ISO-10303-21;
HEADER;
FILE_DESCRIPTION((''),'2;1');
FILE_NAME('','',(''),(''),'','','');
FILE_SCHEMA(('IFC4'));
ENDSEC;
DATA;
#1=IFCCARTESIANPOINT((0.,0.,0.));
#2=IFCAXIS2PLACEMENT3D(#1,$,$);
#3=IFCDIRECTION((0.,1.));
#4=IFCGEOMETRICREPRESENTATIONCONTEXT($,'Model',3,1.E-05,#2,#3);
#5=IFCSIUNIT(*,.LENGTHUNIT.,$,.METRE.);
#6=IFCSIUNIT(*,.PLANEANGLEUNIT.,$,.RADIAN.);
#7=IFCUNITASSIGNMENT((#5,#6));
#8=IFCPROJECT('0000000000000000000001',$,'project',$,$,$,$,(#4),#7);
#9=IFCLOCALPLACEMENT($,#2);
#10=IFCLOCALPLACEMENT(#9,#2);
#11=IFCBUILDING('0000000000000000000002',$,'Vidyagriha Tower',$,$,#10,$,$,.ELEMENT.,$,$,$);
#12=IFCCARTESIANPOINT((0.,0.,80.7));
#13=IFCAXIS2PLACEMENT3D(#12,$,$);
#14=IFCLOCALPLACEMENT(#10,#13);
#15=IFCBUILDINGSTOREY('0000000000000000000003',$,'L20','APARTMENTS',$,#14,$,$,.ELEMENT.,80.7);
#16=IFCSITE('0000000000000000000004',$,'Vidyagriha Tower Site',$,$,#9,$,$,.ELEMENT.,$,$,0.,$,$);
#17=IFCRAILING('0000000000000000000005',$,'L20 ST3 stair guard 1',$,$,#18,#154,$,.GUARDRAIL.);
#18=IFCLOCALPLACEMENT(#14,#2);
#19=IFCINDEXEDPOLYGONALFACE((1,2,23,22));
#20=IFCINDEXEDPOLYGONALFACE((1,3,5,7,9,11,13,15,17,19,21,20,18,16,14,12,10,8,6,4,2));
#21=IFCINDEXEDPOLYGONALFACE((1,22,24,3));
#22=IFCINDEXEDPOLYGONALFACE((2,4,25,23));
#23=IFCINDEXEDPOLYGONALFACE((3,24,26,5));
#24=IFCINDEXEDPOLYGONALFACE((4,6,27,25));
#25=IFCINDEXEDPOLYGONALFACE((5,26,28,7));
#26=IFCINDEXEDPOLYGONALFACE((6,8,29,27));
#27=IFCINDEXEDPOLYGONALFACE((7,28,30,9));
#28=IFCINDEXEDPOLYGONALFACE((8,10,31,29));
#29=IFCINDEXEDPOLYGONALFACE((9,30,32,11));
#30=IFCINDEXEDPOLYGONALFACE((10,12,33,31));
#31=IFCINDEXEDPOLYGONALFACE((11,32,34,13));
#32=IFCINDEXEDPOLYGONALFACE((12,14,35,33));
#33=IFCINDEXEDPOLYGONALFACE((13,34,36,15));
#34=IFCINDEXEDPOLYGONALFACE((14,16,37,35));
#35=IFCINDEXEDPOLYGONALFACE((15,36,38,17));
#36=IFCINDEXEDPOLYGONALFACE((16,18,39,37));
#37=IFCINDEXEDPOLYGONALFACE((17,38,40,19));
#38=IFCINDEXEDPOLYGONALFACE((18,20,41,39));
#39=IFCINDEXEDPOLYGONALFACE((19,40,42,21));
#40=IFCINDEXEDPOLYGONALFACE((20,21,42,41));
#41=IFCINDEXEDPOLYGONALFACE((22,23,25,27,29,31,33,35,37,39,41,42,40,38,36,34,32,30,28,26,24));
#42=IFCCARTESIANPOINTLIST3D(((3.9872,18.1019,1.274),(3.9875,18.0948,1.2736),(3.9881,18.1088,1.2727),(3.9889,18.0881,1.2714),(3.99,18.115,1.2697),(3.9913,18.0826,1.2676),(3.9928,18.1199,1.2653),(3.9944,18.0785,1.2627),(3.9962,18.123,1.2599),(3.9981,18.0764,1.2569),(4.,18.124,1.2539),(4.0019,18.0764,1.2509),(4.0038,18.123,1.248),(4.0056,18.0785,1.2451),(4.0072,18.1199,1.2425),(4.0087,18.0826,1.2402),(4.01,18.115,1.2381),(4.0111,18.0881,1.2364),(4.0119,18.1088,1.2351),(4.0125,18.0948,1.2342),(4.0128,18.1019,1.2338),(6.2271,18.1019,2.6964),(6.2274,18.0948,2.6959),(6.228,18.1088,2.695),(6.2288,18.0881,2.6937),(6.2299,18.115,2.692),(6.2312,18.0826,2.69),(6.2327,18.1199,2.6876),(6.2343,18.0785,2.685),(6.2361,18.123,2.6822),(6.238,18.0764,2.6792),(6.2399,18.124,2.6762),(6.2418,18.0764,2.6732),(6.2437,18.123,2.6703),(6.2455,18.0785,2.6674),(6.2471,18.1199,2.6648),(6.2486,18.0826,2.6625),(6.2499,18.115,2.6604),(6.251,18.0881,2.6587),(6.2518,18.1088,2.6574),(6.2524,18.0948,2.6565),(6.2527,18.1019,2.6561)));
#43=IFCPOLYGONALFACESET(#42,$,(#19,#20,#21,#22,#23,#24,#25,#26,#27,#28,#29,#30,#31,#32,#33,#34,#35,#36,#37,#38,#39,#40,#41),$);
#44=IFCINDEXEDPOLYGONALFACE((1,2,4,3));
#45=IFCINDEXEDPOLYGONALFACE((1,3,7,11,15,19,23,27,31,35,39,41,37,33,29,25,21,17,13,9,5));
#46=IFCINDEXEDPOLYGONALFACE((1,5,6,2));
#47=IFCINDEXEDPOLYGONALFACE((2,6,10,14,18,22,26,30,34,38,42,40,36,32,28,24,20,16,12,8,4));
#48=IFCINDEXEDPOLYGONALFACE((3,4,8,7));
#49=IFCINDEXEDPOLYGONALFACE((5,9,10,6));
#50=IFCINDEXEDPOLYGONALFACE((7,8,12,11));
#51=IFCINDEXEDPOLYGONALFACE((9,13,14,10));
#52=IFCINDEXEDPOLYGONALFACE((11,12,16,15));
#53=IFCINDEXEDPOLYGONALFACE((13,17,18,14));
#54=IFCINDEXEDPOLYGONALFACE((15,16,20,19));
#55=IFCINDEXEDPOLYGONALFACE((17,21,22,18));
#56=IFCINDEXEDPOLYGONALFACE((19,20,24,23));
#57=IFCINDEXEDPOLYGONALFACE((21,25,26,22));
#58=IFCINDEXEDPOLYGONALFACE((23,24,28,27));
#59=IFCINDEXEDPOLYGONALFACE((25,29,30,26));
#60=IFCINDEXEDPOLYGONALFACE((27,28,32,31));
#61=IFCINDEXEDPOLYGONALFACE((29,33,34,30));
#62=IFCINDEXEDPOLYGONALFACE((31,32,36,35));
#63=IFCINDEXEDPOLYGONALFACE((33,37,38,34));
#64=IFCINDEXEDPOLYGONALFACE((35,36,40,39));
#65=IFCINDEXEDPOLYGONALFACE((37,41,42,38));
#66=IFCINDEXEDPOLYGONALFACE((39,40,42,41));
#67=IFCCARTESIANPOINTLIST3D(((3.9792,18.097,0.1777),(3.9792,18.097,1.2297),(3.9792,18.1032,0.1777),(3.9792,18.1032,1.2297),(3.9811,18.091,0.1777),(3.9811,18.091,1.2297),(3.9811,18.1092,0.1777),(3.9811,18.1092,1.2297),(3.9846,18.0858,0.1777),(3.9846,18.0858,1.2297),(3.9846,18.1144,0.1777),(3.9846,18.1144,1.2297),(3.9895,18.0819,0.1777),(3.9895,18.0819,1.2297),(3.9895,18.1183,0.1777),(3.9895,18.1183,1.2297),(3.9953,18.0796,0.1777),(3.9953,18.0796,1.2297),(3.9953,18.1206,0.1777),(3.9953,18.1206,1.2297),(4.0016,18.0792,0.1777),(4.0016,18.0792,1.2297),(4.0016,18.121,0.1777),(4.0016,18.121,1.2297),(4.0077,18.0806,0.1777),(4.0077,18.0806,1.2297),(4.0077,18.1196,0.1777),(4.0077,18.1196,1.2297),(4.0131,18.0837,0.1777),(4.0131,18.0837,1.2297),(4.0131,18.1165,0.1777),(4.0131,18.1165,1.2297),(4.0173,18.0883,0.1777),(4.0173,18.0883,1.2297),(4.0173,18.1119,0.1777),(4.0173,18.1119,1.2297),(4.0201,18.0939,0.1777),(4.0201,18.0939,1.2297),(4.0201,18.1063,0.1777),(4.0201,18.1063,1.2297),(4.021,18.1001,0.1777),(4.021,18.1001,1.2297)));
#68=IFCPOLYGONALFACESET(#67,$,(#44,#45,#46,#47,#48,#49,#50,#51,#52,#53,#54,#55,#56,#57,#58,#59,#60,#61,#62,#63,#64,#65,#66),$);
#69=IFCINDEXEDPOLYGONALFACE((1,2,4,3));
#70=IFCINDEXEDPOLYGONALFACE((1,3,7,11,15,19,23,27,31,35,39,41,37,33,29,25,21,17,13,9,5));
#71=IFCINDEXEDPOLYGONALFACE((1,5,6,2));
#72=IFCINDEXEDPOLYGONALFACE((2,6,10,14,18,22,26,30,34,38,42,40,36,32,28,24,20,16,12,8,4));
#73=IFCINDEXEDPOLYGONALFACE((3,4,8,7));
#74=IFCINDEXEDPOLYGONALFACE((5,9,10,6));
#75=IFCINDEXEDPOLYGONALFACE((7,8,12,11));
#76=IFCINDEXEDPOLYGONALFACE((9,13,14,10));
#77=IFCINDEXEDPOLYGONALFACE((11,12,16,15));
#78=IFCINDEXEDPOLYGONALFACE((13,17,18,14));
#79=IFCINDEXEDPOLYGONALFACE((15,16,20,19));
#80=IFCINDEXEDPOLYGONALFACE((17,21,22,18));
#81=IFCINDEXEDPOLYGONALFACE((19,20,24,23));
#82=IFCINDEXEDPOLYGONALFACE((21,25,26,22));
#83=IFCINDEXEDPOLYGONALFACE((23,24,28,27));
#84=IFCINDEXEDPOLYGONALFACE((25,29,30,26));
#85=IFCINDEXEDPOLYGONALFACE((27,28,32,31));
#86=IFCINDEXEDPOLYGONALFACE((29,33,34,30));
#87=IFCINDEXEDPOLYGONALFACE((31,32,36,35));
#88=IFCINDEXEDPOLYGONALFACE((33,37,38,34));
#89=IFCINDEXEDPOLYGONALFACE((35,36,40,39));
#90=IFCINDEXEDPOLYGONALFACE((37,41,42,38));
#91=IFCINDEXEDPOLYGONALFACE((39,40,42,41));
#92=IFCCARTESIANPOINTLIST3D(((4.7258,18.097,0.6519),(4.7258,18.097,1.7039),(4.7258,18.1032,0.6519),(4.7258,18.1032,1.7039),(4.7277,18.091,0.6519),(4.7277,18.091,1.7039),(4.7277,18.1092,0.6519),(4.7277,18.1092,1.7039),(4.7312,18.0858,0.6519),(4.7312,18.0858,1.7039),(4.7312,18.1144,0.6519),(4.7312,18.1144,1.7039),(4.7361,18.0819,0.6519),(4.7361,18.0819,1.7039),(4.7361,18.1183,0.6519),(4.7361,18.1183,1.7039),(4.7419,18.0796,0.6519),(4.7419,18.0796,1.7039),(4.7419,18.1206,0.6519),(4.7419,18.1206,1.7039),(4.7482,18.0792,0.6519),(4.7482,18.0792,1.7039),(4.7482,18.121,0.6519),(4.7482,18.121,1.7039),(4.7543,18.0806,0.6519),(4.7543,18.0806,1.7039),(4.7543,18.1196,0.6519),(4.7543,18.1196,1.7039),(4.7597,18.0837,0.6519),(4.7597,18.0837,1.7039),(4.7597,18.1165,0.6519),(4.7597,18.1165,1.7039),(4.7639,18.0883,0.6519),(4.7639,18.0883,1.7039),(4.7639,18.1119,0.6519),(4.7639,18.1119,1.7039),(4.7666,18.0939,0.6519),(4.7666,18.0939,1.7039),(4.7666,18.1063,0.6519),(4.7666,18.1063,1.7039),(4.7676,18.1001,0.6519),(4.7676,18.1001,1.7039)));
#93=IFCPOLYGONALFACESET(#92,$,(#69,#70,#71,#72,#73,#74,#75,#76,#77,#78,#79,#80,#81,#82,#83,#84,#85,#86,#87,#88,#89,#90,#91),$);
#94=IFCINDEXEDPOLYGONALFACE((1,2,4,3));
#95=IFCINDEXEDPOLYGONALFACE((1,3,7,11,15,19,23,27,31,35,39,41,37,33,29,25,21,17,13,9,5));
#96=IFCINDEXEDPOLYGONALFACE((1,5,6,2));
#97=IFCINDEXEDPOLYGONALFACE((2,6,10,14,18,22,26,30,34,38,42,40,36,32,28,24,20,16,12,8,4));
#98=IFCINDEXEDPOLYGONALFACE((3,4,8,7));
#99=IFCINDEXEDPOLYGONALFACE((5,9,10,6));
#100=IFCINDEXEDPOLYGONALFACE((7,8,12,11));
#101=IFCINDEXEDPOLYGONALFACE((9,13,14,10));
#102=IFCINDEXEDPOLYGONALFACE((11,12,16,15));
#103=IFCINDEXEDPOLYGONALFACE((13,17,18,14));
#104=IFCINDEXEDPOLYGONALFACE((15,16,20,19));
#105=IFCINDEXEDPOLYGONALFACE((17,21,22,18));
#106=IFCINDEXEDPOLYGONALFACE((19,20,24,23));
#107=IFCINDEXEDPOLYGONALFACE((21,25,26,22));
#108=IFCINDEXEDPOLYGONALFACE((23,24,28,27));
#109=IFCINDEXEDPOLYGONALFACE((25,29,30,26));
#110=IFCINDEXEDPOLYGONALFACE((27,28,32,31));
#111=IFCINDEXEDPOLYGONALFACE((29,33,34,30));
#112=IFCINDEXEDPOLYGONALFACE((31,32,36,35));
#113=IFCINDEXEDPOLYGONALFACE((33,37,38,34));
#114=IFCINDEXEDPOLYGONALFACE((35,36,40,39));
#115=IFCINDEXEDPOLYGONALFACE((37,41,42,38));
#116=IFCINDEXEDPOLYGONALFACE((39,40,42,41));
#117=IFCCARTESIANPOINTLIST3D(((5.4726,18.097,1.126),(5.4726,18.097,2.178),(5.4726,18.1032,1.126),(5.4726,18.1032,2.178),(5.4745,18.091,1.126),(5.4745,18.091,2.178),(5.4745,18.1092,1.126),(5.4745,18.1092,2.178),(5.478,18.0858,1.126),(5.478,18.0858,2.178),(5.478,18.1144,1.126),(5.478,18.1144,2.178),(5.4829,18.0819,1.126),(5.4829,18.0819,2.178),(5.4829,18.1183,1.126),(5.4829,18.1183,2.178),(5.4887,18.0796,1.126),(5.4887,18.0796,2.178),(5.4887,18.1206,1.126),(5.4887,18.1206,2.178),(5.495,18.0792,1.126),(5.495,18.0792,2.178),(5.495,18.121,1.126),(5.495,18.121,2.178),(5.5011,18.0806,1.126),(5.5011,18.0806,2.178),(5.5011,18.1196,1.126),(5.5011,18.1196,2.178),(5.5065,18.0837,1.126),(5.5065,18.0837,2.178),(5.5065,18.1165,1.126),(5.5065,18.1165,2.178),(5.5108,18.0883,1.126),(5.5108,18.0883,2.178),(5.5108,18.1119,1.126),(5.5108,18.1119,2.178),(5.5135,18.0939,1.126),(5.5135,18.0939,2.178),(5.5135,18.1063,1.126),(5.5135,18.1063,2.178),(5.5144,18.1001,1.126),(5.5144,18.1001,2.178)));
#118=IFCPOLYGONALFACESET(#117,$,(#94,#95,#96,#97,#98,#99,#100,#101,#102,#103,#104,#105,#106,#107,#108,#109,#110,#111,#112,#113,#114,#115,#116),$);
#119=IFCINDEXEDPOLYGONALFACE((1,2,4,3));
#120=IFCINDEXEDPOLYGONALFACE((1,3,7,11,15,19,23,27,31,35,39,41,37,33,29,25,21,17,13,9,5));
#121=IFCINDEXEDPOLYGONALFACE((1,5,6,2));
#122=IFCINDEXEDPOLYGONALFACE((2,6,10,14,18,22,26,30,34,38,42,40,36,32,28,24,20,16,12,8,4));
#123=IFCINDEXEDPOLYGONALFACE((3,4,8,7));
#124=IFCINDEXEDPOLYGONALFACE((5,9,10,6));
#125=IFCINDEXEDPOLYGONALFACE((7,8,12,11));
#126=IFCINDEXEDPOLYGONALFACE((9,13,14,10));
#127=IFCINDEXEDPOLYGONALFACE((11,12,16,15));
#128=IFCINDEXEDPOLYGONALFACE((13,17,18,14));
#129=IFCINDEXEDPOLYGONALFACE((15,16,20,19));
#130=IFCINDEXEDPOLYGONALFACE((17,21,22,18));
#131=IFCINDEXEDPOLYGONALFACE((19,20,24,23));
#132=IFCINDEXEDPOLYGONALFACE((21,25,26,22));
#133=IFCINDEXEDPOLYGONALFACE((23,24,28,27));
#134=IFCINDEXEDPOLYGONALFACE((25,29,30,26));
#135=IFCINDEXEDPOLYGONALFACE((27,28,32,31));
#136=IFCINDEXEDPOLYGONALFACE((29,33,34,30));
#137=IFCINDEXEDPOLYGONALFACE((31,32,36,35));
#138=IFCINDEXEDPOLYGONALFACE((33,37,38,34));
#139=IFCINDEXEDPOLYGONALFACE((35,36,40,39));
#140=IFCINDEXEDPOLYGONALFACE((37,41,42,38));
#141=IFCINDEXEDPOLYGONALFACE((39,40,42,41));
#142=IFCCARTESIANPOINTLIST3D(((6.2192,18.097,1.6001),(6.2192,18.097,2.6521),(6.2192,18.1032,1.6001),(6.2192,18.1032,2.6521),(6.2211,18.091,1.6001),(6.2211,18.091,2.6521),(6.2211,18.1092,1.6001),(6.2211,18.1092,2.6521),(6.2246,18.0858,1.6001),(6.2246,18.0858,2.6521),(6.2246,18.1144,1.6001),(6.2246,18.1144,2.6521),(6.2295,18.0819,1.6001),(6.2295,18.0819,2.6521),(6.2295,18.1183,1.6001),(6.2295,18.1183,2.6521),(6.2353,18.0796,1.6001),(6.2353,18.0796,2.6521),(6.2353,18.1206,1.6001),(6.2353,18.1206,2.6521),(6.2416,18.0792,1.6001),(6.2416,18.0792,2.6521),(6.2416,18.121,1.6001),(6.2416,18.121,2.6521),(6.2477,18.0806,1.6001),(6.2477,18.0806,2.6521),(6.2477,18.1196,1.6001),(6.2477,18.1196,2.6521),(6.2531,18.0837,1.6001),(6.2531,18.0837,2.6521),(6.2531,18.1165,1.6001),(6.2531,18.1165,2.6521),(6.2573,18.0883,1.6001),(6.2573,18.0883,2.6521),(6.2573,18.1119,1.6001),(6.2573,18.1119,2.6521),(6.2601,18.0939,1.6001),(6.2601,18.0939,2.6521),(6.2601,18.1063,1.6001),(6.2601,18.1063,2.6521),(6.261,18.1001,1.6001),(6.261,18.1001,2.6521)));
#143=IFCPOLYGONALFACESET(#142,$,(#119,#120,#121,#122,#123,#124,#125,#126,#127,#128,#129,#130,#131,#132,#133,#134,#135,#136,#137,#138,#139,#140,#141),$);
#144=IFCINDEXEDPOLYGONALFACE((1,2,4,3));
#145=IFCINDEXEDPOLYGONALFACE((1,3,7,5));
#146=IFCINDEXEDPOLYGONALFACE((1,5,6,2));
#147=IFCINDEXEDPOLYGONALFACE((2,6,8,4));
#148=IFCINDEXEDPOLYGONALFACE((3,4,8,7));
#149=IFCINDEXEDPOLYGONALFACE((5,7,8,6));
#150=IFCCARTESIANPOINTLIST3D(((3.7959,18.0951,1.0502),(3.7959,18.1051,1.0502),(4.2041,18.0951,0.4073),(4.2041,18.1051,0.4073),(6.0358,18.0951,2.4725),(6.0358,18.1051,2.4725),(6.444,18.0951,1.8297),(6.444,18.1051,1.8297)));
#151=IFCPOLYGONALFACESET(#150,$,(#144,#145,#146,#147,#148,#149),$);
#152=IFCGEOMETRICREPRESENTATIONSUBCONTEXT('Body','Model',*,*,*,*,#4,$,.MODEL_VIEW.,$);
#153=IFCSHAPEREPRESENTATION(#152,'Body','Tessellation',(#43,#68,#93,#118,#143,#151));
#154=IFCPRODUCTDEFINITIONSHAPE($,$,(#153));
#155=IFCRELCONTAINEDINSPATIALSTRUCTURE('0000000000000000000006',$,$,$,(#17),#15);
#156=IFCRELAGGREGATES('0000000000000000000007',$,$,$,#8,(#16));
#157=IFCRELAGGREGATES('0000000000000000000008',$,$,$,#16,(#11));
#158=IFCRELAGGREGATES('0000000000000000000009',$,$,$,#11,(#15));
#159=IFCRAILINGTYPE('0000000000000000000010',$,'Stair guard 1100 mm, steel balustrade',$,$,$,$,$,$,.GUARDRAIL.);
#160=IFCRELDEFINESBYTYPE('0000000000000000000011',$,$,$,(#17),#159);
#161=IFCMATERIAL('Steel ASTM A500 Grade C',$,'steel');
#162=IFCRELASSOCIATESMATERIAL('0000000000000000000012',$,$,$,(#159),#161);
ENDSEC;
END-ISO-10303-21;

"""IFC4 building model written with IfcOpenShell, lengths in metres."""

from ifc_helpers import new_model, si_unit, direction, frame, origin, origin_2d, place, context, subcontext, project, spatial, rectangle, circle, extrude, material, type_object, element, save


model = new_model("IFC4")

# Units and contexts
model_context = context("Model", 3, precision=1e-05, world=origin(), true_north=direction((0.0, 1.0)))
body_context = subcontext(model_context, "Body", "Model", "MODEL_VIEW")
ifc_project = project(units=[si_unit("LENGTHUNIT", "METRE"), si_unit("PLANEANGLEUNIT", "RADIAN")], contexts=[model_context])

# Site, building, storey
site_placement = place(None, origin())
site = spatial("IfcSite", under=ifc_project, at=site_placement, Name="Vidyagriha Tower Site", CompositionType="ELEMENT", RefElevation=0.0)
building_placement = place(site_placement, origin())
building = spatial("IfcBuilding", under=site, at=building_placement, Name="Vidyagriha Tower", CompositionType="ELEMENT")
storey_placement = place(building_placement, frame((0.0, 0.0, 80.7)))
storey = spatial("IfcBuildingStorey", under=building, at=storey_placement, Name="L20", Description="APARTMENTS", CompositionType="ELEMENT", Elevation=80.7)

# Railing
ifc_material_1 = material(Name="Steel ASTM A500 Grade C", Category="steel")
railing_type_1 = type_object("IfcRailingType", Name="Stair guard 1100 mm, steel balustrade", PredefinedType="GUARDRAIL", material=ifc_material_1)
railing_1_placement = place(storey_placement, frame((4.0, 18.1001, 0.1777)))
element("IfcRailing", 1, at=railing_1_placement, inside=storey, type_object=railing_type_1, Name="L20 ST3 stair guard 1", PredefinedType="GUARDRAIL", context=body_context, shape_type="SweptSolid", body=[
    extrude(circle(Radius=0.0239, at=origin_2d()), frame((0.0, 0.0, 1.0762), z_axis=(0.844188, 0.0, 0.536048), x_axis=(0.0, 1.0, 0.0)), (0.0, 0.0, 1.0), 2.6533),
    extrude(circle(Radius=0.021, at=origin_2d()), origin(), (0.0, 0.0, 1.0), 1.052),
    extrude(circle(Radius=0.021, at=origin_2d()), frame((0.7466, 0.0, 0.4741)), (0.0, 0.0, 1.0), 1.052),
    extrude(circle(Radius=0.021, at=origin_2d()), frame((1.4934, 0.0, 0.9482)), (0.0, 0.0, 1.0), 1.052),
    extrude(circle(Radius=0.021, at=origin_2d()), frame((2.24, 0.0, 1.4224)), (0.0, 0.0, 1.0), 1.052),
    extrude(rectangle(XDim=0.01, YDim=0.7615, at=origin_2d()), frame((0.0, 0.0, 0.551), z_axis=(0.844188, 0.0, 0.536048), x_axis=(0.0, 1.0, 0.0)), (0.0, 0.0, 1.0), 2.6533),
])

save(model, "model.ifc")
